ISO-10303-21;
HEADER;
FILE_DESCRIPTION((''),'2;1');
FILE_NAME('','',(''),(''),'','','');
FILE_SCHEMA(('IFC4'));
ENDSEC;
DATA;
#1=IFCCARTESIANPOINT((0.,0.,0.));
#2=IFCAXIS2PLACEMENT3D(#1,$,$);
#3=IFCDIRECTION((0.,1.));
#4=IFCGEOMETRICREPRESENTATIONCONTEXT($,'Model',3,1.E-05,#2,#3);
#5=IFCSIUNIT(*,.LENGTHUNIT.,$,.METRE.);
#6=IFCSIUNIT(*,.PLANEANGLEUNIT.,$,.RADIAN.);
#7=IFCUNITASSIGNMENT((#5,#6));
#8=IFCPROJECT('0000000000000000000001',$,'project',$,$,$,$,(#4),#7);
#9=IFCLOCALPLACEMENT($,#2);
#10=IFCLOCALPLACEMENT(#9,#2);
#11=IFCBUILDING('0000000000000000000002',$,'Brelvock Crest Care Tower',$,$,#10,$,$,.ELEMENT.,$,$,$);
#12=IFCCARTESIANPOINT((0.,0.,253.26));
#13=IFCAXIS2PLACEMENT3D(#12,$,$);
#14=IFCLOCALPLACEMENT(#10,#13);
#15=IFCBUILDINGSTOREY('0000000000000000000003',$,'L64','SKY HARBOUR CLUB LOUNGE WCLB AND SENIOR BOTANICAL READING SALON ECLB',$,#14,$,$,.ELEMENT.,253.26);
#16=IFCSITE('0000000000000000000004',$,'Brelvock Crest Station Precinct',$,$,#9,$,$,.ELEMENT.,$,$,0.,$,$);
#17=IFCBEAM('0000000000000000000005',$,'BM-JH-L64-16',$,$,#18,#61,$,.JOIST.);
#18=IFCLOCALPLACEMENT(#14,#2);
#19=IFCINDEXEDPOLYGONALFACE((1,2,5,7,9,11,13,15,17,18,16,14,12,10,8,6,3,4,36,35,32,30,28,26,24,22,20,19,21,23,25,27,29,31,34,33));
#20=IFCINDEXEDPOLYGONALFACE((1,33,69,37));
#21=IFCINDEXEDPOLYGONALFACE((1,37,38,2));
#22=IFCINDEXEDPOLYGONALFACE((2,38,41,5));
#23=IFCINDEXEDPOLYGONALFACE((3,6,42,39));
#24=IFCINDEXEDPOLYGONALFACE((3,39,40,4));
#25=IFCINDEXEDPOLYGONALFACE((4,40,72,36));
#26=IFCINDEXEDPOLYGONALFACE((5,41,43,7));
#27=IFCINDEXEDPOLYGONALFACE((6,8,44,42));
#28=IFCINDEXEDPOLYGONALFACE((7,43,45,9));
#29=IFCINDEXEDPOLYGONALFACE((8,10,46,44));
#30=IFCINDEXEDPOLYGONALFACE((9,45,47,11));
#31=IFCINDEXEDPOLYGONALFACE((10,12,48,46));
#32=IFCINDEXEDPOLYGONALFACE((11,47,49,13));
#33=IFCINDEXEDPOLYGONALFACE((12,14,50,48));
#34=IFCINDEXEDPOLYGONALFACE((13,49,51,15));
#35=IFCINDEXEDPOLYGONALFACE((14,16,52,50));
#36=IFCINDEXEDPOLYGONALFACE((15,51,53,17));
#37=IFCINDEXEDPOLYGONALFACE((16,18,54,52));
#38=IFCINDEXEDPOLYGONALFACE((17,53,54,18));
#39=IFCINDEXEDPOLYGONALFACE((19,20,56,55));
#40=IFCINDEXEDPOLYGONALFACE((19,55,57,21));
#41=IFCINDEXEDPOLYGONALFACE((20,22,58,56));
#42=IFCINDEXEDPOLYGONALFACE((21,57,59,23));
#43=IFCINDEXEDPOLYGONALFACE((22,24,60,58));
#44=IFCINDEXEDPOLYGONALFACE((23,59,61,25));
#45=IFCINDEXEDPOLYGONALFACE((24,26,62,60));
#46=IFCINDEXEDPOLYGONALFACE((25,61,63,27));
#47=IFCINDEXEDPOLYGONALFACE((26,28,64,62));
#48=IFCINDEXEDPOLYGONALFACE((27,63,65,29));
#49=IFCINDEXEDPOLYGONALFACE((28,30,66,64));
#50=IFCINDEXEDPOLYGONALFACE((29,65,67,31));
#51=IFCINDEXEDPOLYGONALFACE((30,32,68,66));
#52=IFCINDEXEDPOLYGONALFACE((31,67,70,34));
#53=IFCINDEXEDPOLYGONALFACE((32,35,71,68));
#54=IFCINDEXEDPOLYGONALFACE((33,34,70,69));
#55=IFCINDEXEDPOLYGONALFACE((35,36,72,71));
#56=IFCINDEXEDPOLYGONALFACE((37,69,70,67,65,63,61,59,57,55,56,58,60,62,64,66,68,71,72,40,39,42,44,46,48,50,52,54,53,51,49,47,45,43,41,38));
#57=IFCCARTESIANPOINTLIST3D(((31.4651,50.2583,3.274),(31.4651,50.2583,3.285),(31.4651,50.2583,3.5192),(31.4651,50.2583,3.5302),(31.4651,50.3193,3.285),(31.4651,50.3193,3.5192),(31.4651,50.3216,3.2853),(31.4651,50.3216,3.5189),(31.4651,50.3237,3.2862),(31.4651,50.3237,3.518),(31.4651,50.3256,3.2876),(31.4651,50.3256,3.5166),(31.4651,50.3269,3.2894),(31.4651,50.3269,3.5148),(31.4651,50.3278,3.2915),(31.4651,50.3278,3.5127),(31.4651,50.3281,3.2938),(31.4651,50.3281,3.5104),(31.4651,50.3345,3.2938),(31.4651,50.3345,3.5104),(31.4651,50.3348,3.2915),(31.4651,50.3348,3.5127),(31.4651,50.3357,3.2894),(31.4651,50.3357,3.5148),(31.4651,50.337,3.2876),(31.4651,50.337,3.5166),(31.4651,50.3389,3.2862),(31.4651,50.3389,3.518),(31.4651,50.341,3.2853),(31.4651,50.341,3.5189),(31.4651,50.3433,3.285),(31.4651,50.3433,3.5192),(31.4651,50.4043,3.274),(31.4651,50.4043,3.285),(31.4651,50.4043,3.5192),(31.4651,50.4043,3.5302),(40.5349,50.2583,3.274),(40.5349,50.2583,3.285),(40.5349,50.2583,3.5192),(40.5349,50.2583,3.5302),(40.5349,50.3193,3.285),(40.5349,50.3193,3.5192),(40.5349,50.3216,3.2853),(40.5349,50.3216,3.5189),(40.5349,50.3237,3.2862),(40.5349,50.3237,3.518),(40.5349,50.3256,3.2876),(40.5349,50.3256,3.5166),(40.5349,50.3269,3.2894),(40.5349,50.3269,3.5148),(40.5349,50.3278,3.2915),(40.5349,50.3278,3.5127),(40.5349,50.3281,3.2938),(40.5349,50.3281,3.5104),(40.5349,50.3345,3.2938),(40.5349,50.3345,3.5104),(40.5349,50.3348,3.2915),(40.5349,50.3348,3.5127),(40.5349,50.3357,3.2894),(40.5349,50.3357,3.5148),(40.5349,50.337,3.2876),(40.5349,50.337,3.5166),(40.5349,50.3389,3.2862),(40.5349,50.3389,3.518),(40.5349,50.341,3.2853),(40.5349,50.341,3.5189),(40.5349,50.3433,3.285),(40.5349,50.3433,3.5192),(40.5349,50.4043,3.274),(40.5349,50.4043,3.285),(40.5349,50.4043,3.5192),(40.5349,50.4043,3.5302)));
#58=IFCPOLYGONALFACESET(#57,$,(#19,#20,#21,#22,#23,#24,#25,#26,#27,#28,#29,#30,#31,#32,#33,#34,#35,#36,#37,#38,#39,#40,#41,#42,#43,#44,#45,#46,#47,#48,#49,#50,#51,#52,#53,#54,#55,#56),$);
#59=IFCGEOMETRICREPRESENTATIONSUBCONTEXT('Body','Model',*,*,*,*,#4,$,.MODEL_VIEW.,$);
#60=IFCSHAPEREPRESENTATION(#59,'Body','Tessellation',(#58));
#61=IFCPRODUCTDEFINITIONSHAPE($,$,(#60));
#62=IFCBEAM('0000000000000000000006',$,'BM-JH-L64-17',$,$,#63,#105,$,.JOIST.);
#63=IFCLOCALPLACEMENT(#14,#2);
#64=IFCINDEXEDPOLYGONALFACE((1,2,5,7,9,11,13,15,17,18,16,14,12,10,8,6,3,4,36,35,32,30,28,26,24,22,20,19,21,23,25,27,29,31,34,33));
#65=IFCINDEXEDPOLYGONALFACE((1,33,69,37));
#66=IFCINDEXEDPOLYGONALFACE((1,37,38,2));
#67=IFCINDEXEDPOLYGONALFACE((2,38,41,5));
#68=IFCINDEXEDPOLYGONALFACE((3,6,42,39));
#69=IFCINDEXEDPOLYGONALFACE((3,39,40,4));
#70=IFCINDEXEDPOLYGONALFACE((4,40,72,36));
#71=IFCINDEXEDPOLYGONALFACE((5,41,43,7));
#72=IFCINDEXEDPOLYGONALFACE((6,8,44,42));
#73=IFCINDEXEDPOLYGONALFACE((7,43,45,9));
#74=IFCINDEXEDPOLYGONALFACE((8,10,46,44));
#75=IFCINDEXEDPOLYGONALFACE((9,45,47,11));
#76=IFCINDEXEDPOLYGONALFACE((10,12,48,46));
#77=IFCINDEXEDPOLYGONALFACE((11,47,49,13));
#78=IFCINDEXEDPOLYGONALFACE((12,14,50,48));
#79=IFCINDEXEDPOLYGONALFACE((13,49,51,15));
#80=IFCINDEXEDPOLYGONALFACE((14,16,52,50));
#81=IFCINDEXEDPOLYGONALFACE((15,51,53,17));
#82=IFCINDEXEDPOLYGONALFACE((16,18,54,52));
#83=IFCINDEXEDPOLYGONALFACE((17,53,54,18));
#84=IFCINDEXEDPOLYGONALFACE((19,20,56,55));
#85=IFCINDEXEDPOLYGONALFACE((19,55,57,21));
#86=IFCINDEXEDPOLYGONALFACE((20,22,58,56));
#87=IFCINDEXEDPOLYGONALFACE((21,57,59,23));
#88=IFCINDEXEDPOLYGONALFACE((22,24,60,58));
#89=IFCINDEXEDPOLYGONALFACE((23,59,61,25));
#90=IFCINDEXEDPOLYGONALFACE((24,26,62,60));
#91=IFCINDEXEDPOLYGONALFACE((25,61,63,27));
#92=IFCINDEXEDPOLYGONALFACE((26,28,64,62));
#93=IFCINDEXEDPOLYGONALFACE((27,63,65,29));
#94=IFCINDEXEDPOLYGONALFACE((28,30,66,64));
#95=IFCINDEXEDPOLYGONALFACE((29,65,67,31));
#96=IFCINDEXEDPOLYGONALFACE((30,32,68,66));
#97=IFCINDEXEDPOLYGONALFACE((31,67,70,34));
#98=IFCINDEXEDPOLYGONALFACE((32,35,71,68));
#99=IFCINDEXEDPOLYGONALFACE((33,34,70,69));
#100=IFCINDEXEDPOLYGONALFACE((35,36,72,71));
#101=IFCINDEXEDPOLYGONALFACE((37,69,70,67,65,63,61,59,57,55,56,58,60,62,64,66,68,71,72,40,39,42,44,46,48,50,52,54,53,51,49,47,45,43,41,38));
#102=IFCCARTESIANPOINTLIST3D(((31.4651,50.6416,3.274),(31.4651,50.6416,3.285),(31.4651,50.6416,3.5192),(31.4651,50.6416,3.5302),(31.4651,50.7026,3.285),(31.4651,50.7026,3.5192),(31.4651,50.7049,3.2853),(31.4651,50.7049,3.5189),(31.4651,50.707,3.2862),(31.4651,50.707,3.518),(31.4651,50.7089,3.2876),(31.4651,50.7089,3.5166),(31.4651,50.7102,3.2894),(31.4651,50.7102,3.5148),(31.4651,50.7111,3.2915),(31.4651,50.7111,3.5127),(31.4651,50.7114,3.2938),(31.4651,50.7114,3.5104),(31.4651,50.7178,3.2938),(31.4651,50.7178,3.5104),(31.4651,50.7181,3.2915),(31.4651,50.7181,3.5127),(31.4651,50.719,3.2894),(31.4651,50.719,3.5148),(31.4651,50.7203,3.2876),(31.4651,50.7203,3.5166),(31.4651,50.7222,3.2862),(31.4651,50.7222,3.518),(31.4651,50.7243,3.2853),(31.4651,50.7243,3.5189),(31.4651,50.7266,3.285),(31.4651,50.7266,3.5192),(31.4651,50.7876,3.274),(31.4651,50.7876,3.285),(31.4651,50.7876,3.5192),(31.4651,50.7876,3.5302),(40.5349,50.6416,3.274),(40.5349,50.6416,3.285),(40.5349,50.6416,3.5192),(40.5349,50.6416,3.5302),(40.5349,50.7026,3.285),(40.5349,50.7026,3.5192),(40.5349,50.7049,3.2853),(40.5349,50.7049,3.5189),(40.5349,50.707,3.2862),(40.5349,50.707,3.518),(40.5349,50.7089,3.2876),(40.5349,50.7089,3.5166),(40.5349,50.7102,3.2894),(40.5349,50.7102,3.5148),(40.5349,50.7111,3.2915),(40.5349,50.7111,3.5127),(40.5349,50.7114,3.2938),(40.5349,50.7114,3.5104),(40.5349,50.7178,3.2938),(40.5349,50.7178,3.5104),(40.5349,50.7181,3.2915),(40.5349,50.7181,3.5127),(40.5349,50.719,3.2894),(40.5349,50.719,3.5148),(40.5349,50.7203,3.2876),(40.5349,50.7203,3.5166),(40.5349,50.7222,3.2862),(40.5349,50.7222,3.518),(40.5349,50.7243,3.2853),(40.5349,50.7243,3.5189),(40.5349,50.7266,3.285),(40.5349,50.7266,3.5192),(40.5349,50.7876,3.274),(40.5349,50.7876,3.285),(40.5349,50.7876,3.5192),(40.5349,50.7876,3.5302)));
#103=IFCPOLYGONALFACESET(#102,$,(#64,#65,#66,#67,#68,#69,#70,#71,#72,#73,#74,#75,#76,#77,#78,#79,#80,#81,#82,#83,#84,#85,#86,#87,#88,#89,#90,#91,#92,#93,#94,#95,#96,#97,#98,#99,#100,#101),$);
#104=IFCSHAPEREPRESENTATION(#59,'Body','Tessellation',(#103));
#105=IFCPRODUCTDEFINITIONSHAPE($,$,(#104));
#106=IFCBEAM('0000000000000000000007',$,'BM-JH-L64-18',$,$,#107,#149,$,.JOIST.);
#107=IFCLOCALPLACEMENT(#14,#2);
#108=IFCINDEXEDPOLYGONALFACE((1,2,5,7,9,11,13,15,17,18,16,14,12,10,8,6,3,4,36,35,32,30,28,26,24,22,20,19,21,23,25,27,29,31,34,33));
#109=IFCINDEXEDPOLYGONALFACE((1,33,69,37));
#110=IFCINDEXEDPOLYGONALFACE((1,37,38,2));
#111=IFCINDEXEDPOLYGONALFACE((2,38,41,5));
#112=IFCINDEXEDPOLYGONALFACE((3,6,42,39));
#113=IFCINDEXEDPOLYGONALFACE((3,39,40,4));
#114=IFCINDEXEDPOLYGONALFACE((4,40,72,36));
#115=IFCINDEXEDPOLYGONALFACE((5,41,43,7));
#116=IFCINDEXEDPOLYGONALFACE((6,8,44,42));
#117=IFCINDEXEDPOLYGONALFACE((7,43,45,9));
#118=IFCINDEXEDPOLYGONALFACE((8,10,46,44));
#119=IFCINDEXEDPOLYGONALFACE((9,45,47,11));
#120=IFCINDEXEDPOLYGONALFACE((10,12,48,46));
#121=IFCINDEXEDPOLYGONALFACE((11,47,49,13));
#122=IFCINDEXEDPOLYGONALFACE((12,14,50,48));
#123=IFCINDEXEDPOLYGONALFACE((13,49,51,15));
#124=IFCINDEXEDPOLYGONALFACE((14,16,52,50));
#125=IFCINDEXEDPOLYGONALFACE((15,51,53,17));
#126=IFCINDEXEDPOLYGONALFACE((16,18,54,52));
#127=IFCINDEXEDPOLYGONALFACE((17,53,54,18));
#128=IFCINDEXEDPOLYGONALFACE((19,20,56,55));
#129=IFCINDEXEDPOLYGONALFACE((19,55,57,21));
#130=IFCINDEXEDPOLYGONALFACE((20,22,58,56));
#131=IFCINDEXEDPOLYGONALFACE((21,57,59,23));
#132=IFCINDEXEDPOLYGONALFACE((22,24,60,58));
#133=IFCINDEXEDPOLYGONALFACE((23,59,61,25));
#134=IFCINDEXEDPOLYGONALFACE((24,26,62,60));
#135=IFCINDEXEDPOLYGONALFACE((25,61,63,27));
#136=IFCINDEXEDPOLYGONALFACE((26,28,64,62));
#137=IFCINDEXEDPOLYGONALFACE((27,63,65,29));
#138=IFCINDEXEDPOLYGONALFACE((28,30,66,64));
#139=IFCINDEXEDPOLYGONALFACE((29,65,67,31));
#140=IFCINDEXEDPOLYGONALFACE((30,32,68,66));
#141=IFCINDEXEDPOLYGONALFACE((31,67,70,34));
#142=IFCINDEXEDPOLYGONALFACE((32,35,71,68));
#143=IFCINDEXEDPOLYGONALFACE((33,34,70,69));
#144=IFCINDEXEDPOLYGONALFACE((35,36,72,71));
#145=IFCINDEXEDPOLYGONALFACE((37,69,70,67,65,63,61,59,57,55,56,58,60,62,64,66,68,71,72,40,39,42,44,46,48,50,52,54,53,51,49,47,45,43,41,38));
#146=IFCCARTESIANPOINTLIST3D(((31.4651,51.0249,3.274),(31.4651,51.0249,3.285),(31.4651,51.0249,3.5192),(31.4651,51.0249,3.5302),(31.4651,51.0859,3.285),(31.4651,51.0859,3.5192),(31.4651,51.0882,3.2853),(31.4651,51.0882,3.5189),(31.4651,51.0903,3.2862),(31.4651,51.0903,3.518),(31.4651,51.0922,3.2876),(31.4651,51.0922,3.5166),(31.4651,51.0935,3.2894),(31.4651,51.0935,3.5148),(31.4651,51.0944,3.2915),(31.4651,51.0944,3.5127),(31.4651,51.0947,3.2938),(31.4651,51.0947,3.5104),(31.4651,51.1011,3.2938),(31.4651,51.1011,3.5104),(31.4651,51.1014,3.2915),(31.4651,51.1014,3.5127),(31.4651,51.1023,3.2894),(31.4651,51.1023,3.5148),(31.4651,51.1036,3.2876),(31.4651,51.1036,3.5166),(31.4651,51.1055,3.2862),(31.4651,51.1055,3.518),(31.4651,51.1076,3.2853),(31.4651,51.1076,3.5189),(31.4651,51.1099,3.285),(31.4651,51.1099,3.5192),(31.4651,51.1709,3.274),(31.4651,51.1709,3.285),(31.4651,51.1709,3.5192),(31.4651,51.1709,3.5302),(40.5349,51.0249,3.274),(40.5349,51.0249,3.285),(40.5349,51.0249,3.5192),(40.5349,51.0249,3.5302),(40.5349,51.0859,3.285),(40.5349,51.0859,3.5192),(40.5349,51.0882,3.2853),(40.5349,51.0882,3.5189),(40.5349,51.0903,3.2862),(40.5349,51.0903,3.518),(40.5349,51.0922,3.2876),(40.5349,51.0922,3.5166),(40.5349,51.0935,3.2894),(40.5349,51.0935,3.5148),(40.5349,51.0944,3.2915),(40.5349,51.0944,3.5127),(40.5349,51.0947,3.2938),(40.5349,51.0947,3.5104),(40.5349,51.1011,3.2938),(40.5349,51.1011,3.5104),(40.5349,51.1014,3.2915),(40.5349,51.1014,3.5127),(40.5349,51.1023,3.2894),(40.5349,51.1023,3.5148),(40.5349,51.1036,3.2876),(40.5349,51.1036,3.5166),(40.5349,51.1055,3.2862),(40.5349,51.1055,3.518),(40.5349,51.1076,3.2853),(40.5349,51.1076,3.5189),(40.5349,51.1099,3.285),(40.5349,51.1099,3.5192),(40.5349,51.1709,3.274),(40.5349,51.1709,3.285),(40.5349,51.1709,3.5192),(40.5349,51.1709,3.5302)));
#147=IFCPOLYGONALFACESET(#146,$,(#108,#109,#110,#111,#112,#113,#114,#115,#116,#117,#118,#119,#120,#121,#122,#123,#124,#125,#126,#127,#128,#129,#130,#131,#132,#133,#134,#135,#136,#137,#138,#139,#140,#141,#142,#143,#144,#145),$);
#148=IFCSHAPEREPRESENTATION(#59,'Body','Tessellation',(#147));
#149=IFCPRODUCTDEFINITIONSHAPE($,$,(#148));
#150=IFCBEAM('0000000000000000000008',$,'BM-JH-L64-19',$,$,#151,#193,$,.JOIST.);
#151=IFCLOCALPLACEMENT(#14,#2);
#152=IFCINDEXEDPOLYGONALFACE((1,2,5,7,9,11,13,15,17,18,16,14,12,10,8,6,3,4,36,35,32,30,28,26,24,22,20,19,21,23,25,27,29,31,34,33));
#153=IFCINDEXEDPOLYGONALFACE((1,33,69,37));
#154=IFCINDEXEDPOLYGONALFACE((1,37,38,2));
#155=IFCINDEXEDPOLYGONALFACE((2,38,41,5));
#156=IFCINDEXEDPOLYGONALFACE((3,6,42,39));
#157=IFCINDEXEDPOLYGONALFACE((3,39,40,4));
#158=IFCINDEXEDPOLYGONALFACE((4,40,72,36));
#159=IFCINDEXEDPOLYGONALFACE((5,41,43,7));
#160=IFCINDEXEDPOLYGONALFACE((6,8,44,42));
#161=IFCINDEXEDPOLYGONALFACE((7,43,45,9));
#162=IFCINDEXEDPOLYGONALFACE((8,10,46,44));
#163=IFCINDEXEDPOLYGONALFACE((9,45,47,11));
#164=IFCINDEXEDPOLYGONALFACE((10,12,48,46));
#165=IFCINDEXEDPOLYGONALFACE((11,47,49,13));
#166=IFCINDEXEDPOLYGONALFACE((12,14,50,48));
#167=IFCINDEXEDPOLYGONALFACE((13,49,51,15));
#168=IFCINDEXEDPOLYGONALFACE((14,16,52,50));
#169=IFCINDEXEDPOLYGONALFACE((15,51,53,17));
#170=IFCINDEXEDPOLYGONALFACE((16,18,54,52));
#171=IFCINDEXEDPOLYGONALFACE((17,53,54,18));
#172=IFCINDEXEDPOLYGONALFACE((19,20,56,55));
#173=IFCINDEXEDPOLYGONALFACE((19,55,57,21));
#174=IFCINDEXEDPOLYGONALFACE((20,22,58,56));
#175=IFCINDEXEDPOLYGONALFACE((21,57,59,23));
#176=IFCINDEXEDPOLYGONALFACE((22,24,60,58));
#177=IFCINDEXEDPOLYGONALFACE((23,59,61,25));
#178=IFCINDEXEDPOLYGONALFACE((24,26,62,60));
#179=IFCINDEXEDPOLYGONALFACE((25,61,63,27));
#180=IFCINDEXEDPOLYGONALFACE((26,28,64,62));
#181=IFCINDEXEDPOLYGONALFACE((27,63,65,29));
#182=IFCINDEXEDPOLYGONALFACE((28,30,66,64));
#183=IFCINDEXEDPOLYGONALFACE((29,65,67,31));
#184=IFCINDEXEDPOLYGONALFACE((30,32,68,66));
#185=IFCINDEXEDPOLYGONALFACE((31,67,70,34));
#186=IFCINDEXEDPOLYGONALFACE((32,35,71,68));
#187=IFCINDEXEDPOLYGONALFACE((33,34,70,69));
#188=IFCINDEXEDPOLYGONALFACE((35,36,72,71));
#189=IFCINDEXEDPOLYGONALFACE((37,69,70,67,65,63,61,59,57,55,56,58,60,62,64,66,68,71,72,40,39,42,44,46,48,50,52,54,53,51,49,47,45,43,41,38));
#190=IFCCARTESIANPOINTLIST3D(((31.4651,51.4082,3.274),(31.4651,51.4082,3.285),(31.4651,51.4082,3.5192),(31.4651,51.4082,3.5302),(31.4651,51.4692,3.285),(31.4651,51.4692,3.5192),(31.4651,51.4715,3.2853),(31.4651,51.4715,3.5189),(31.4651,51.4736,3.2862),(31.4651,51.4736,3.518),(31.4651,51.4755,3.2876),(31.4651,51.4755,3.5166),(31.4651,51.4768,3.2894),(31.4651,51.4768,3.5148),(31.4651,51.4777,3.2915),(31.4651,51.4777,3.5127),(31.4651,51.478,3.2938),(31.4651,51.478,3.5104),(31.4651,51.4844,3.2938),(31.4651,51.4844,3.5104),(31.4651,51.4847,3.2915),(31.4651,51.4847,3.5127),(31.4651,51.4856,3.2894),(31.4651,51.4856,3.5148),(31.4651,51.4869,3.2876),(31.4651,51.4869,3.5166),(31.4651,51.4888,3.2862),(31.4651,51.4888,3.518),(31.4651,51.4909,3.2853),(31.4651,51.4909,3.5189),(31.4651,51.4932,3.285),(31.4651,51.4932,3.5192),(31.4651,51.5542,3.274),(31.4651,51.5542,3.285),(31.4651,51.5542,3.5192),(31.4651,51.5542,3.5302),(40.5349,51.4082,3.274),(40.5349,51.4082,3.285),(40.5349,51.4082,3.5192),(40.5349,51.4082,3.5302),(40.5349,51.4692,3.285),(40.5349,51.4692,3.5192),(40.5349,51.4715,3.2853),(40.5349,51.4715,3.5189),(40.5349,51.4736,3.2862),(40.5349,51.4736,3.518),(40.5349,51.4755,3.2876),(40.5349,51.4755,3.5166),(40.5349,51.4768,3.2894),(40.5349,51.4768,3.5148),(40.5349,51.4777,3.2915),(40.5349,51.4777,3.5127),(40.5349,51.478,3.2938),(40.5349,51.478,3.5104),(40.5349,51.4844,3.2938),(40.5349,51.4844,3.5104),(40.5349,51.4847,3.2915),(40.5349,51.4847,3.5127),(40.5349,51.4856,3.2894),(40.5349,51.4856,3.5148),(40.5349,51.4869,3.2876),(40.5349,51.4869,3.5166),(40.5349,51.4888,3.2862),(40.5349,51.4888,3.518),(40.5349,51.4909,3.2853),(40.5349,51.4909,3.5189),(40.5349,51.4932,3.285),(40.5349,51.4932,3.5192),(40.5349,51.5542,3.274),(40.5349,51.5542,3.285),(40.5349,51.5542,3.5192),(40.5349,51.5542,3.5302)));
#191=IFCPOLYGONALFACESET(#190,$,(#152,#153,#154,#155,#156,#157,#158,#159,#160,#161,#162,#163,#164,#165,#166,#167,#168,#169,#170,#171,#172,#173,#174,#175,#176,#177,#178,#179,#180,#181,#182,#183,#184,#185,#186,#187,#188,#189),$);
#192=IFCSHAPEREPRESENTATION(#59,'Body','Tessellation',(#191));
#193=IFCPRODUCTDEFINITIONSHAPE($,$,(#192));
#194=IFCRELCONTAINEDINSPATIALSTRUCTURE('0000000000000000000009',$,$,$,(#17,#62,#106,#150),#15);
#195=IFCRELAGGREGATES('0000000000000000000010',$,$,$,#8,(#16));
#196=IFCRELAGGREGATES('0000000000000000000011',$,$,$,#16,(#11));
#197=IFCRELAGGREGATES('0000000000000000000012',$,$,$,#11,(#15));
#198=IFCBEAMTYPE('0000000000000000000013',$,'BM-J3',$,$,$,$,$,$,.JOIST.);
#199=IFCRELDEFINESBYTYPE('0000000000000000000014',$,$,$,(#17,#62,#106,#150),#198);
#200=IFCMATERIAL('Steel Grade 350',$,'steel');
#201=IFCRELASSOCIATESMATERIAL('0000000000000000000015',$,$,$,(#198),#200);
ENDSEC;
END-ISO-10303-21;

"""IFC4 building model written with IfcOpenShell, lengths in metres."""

from ifc_helpers import new_model, si_unit, direction, frame, origin, origin_2d, place, context, subcontext, project, spatial, i_section, extrude, source, transform, mapped, material, material_profile, profile_set, type_object, element, save


model = new_model("IFC4")

# Units and contexts
model_context = context("Model", 3, precision=1e-05, world=origin(), true_north=direction((0.0, 1.0)))
body_context = subcontext(model_context, "Body", "Model", "MODEL_VIEW")
ifc_project = project(units=[si_unit("LENGTHUNIT", "METRE"), si_unit("PLANEANGLEUNIT", "RADIAN")], contexts=[model_context])

# Site, building, storey
site_placement = place(None, origin())
site = spatial("IfcSite", under=ifc_project, at=site_placement, Name="Brelvock Crest Station Precinct", CompositionType="ELEMENT", RefElevation=0.0)
building_placement = place(site_placement, origin())
building = spatial("IfcBuilding", under=site, at=building_placement, Name="Brelvock Crest Care Tower", CompositionType="ELEMENT")
storey_placement = place(building_placement, frame((0.0, 0.0, 253.26)))
storey = spatial("IfcBuildingStorey", under=building, at=storey_placement, Name="L64", Description="SKY HARBOUR CLUB LOUNGE WCLB AND SENIOR BOTANICAL READING SALON ECLB", CompositionType="ELEMENT", Elevation=253.26)

# Beams
ifc_material = material(Name="Steel Grade 350", Category="steel")
ifc_material_profile_1 = material_profile(ifc_material, i_section(OverallWidth=0.146, OverallDepth=0.2561, WebThickness=0.0063, FlangeThickness=0.011, FilletRadius=0.0088, at=origin_2d()), Name="250UB37.3")
ifc_profile_set_1 = profile_set([ifc_material_profile_1], Name="Steel Grade 350")
beam_type_1 = type_object("IfcBeamType", Name="BM-J3", PredefinedType="JOIST", material=ifc_profile_set_1)
shared_shape_1 = source(origin(), body_context, "Body", "SweptSolid", [
    extrude(i_section(OverallWidth=0.146, OverallDepth=0.2561, WebThickness=0.0063, FlangeThickness=0.011, FilletRadius=0.0088, at=origin_2d()), origin(), (0.0, 0.0, 1.0), 9.0698),
])
for number, where, z_axis, x_axis, name in (
    (1, (31.4651, 50.3313, 3.4021), (1.0, 0.0, 0.0), (0.0, 1.0, 0.0), "BM-JH-L64-16"),
    (2, (31.4651, 50.7146, 3.4021), (1.0, 0.0, 0.0), (0.0, 1.0, 0.0), "BM-JH-L64-17"),
    (3, (31.4651, 51.0979, 3.4021), (1.0, 0.0, 0.0), (0.0, 1.0, 0.0), "BM-JH-L64-18"),
    (4, (31.4651, 51.4812, 3.4021), (1.0, 0.0, 0.0), (0.0, 1.0, 0.0), "BM-JH-L64-19"),
):
    element("IfcBeam", number, at=place(storey_placement, frame(where, z_axis=z_axis, x_axis=x_axis)), inside=storey, type_object=beam_type_1, Name=name, PredefinedType="JOIST", context=body_context, shape_type="MappedRepresentation", body=[
        mapped(shared_shape_1, transform((0.0, 0.0, 0.0), x_axis=(1.0, 0.0, 0.0), y_axis=(0.0, 1.0, 0.0), z_axis=(0.0, 0.0, 1.0), scale=1.0)),
    ])

save(model, "model.ifc")
